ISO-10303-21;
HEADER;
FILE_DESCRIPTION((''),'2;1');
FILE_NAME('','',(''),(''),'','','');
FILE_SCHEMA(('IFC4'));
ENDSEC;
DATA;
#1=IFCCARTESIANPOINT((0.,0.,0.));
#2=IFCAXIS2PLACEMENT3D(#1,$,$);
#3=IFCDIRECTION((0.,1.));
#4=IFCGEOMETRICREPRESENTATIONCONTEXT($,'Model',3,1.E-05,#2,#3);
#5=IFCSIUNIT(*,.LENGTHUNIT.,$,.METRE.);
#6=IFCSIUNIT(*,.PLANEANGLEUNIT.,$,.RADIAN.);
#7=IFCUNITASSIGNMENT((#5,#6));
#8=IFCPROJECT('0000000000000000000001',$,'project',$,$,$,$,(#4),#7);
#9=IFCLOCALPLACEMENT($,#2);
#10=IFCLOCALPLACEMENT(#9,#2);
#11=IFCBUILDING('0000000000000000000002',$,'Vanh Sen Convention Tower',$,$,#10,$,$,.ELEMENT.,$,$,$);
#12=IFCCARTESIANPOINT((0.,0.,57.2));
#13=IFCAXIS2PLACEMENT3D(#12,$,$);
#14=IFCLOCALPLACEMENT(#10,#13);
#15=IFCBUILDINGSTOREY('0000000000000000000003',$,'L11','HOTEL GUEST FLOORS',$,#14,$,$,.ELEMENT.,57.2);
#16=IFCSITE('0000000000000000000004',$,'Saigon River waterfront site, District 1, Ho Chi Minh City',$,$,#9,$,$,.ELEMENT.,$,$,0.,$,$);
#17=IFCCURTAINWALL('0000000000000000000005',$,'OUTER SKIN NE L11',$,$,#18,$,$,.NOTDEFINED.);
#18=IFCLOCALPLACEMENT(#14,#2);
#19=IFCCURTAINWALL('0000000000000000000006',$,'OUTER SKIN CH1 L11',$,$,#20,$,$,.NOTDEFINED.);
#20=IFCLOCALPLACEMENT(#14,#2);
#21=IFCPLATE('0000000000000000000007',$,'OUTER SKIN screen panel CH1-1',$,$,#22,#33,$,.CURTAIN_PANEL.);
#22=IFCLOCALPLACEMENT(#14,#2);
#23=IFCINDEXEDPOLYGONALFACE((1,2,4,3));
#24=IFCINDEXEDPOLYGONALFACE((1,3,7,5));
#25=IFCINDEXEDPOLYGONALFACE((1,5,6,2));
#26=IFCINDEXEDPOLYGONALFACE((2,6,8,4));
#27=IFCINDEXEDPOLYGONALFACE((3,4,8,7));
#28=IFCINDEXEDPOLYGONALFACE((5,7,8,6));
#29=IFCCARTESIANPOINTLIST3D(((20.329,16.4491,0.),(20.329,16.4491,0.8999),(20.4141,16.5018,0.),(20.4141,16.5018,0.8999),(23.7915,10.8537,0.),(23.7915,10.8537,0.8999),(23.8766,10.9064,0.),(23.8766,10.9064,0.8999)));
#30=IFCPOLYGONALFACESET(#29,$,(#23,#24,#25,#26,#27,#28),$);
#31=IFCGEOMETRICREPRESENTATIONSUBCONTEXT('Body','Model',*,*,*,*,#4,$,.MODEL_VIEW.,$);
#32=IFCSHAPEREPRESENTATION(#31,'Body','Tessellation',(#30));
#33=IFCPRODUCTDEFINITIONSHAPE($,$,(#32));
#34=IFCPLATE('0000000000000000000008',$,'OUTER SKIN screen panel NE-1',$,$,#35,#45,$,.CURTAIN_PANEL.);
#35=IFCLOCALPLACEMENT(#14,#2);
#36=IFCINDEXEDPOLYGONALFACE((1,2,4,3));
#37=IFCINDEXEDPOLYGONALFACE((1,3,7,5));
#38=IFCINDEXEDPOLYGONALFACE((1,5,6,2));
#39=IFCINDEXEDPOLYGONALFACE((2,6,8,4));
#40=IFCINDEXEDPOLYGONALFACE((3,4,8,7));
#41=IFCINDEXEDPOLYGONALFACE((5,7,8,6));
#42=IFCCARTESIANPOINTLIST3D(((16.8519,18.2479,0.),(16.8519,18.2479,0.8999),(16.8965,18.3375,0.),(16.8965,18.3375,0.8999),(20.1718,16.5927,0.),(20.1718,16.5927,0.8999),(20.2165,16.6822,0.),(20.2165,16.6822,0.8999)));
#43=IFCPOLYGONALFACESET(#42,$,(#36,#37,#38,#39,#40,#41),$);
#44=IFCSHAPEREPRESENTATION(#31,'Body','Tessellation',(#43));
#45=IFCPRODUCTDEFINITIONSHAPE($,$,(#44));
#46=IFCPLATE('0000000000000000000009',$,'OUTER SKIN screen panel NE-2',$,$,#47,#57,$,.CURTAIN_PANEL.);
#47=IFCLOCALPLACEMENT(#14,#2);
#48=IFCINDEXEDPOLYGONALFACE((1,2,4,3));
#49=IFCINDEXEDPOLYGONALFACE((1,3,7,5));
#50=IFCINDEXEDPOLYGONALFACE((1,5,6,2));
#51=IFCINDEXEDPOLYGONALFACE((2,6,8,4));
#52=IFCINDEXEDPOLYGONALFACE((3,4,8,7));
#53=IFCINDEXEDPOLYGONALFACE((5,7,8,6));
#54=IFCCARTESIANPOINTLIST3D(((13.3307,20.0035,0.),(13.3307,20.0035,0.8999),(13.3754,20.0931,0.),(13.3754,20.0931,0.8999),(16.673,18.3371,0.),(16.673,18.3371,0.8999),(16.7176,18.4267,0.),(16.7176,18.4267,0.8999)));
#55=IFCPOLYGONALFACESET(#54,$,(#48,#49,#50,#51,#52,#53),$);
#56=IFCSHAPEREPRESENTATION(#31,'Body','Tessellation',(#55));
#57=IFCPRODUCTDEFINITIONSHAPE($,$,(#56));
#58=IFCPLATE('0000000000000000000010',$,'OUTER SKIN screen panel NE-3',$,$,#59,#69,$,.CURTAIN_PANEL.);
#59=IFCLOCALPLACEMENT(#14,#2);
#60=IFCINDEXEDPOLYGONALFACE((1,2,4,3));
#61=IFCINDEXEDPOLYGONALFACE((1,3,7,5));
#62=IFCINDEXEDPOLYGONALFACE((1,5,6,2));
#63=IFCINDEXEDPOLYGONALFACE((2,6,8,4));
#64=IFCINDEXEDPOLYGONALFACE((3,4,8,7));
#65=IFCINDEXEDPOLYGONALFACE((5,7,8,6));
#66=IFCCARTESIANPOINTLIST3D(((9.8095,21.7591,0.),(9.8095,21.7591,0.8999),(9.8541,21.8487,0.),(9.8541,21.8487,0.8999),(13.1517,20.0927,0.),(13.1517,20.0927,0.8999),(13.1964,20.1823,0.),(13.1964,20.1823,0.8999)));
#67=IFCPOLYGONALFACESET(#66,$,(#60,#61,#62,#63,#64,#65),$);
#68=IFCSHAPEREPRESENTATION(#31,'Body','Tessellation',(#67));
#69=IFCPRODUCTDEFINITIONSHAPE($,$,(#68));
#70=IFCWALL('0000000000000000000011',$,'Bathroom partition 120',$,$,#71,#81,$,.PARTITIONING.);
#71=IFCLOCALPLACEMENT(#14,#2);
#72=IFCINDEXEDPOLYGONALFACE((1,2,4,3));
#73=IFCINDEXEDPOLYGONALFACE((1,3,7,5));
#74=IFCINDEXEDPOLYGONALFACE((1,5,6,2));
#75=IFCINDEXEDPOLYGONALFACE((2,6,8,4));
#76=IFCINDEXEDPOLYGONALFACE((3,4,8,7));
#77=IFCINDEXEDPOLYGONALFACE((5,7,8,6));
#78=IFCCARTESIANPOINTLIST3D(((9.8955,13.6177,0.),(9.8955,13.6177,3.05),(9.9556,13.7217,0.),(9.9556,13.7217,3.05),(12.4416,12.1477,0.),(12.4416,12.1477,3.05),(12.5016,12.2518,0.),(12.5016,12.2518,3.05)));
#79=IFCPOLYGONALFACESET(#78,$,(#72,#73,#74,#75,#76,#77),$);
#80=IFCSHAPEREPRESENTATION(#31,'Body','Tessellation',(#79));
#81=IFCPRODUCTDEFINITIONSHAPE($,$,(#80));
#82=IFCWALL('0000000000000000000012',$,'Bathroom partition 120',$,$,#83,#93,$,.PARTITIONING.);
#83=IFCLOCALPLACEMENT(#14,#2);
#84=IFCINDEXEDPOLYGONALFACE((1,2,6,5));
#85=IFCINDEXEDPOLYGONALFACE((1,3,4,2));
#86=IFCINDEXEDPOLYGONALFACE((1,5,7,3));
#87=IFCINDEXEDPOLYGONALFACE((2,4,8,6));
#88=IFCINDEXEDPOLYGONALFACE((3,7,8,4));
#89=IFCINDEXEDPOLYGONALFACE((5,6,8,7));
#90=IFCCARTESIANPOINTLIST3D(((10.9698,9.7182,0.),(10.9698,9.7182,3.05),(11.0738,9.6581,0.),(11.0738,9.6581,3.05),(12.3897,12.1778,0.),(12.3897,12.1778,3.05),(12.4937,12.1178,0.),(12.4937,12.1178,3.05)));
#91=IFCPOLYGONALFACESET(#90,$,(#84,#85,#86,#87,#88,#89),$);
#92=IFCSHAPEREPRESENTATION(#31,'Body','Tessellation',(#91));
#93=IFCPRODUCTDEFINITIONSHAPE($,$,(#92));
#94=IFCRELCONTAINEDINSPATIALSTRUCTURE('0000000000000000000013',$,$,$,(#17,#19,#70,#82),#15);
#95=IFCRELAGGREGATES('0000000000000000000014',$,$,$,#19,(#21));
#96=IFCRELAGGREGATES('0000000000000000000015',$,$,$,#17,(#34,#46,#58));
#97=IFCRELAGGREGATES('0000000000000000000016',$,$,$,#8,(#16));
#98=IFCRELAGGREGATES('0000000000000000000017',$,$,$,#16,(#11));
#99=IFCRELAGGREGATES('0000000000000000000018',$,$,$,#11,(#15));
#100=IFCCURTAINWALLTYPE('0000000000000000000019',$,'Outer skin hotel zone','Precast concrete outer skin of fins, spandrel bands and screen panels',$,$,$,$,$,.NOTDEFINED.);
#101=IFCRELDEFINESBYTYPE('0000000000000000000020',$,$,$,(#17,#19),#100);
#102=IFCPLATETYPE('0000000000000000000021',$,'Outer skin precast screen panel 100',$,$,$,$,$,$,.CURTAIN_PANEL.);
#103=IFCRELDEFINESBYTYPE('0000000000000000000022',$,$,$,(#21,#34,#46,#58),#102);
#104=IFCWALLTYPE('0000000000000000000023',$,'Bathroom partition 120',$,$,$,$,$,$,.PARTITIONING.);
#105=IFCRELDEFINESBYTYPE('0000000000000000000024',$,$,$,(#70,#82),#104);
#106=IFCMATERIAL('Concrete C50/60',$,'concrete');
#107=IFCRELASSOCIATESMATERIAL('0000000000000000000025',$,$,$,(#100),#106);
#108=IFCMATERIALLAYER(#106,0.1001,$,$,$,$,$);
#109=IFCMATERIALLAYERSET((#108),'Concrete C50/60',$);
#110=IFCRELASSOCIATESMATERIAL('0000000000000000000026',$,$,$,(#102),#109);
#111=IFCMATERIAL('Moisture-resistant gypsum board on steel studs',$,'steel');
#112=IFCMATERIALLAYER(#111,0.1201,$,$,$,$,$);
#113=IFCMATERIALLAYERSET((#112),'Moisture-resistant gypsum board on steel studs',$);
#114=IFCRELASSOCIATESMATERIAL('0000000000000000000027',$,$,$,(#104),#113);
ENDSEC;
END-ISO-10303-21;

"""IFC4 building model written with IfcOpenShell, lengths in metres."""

from ifc_helpers import new_model, si_unit, direction, frame, frame_2d, origin, origin_2d, place, context, subcontext, project, spatial, rectangle, extrude, material, layer, layer_set, type_object, element, aggregate, save


model = new_model("IFC4")

# Units and contexts
model_context = context("Model", 3, precision=1e-05, world=origin(), true_north=direction((0.0, 1.0)))
body_context = subcontext(model_context, "Body", "Model", "MODEL_VIEW")
ifc_project = project(units=[si_unit("LENGTHUNIT", "METRE"), si_unit("PLANEANGLEUNIT", "RADIAN")], contexts=[model_context])

# Site, building, storey
site_placement = place(None, origin())
site = spatial("IfcSite", under=ifc_project, at=site_placement, Name="Saigon River waterfront site, District 1, Ho Chi Minh City", CompositionType="ELEMENT", RefElevation=0.0)
building_placement = place(site_placement, origin())
building = spatial("IfcBuilding", under=site, at=building_placement, Name="Vanh Sen Convention Tower", CompositionType="ELEMENT")
storey_placement = place(building_placement, frame((0.0, 0.0, 57.2)))
storey = spatial("IfcBuildingStorey", under=building, at=storey_placement, Name="L11", Description="HOTEL GUEST FLOORS", CompositionType="ELEMENT", Elevation=57.2)

# Curtain wall
ifc_material_1 = material(Name="Concrete C50/60", Category="concrete")
curtain_wall_type = type_object("IfcCurtainWallType", Name="Outer skin hotel zone", Description="Precast concrete outer skin of fins, spandrel bands and screen panels", PredefinedType="NOTDEFINED", material=ifc_material_1)
curtain_wall_1_placement = place(storey_placement, origin())
curtain_wall_1 = element("IfcCurtainWall", 1, at=curtain_wall_1_placement, inside=storey, type_object=curtain_wall_type, Name="OUTER SKIN NE L11", PredefinedType="NOTDEFINED")

# Curtain wall, plate
curtain_wall_2_placement = place(storey_placement, origin())
curtain_wall_2 = element("IfcCurtainWall", 2, at=curtain_wall_2_placement, inside=storey, type_object=curtain_wall_type, Name="OUTER SKIN CH1 L11", PredefinedType="NOTDEFINED")
ifc_layer_1 = layer(ifc_material_1, 0.1001)
ifc_layer_set_1 = layer_set([ifc_layer_1], Name="Concrete C50/60")
plate_type = type_object("IfcPlateType", Name="Outer skin precast screen panel 100", PredefinedType="CURTAIN_PANEL", material=ifc_layer_set_1)
plate_1_placement = place(storey_placement, frame((22.1028, 13.6777, 0.0), z_axis=(0.0, 0.0, 1.0), x_axis=(-0.526212, 0.850353, 0.0)))
plate_1 = element("IfcPlate", 3, at=plate_1_placement, type_object=plate_type, Name="OUTER SKIN screen panel CH1-1", PredefinedType="CURTAIN_PANEL", context=body_context, shape_type="SweptSolid", body=[
    extrude(rectangle(XDim=6.5801, YDim=0.1001, at=origin_2d()), origin(), (0.0, 0.0, 1.0), 0.8999),
])
aggregate(curtain_wall_2, [plate_1])

# Plates
plate_2_placement = place(storey_placement, frame((18.5342, 17.4651, 0.0), z_axis=(0.0, 0.0, 1.0), x_axis=(-0.894935, 0.446196, 0.0)))
plate_2 = element("IfcPlate", 4, at=plate_2_placement, type_object=plate_type, Name="OUTER SKIN screen panel NE-1", PredefinedType="CURTAIN_PANEL", context=body_context, shape_type="SweptSolid", body=[
    extrude(rectangle(XDim=3.7097, YDim=0.1001, at=origin_2d()), origin(), (0.0, 0.0, 1.0), 0.8999),
])
plate_3_placement = place(storey_placement, frame((15.0242, 19.2151, 0.0), z_axis=(0.0, 0.0, 1.0), x_axis=(-0.894935, 0.446196, 0.0)))
plate_3 = element("IfcPlate", 5, at=plate_3_placement, type_object=plate_type, Name="OUTER SKIN screen panel NE-2", PredefinedType="CURTAIN_PANEL", context=body_context, shape_type="SweptSolid", body=[
    extrude(rectangle(XDim=3.7346, YDim=0.1001, at=origin_2d()), origin(), (0.0, 0.0, 1.0), 0.8999),
])
plate_4_placement = place(storey_placement, frame((11.5029, 20.9707, 0.0), z_axis=(0.0, 0.0, 1.0), x_axis=(-0.894935, 0.446196, 0.0)))
plate_4 = element("IfcPlate", 6, at=plate_4_placement, type_object=plate_type, Name="OUTER SKIN screen panel NE-3", PredefinedType="CURTAIN_PANEL", context=body_context, shape_type="SweptSolid", body=[
    extrude(rectangle(XDim=3.7346, YDim=0.1001, at=origin_2d()), origin(), (0.0, 0.0, 1.0), 0.8999),
])
aggregate(curtain_wall_1, [plate_2, plate_3, plate_4])

# Walls
ifc_material_2 = material(Name="Moisture-resistant gypsum board on steel studs", Category="steel")
ifc_layer_2 = layer(ifc_material_2, 0.1201)
ifc_layer_set_2 = layer_set([ifc_layer_2], Name="Moisture-resistant gypsum board on steel studs")
wall_type_1 = type_object("IfcWallType", Name="Bathroom partition 120", PredefinedType="PARTITIONING", material=ifc_layer_set_2)
wall_1_placement = place(storey_placement, frame((9.9255, 13.6697, 0.0), z_axis=(0.0, 0.0, 1.0), x_axis=(0.866032, -0.499988, 0.0)))
element("IfcWall", 7, at=wall_1_placement, inside=storey, type_object=wall_type_1, Name="Bathroom partition 120", PredefinedType="PARTITIONING", context=body_context, shape_type="SweptSolid", body=[
    extrude(rectangle(XDim=2.9399, YDim=0.1201, at=frame_2d((1.47, 0.0))), origin(), (0.0, 0.0, 1.0), 3.05),
])
wall_2_placement = place(storey_placement, frame((12.4417, 12.1477, 0.0), z_axis=(0.0, 0.0, 1.0), x_axis=(-0.499948, -0.866055, 0.0)))
element("IfcWall", 8, at=wall_2_placement, inside=storey, type_object=wall_type_1, Name="Bathroom partition 120", PredefinedType="PARTITIONING", context=body_context, shape_type="SweptSolid", body=[
    extrude(rectangle(XDim=2.8401, YDim=0.1201, at=frame_2d((1.4199, 0.0))), origin(), (0.0, 0.0, 1.0), 3.05),
])

save(model, "model.ifc")
